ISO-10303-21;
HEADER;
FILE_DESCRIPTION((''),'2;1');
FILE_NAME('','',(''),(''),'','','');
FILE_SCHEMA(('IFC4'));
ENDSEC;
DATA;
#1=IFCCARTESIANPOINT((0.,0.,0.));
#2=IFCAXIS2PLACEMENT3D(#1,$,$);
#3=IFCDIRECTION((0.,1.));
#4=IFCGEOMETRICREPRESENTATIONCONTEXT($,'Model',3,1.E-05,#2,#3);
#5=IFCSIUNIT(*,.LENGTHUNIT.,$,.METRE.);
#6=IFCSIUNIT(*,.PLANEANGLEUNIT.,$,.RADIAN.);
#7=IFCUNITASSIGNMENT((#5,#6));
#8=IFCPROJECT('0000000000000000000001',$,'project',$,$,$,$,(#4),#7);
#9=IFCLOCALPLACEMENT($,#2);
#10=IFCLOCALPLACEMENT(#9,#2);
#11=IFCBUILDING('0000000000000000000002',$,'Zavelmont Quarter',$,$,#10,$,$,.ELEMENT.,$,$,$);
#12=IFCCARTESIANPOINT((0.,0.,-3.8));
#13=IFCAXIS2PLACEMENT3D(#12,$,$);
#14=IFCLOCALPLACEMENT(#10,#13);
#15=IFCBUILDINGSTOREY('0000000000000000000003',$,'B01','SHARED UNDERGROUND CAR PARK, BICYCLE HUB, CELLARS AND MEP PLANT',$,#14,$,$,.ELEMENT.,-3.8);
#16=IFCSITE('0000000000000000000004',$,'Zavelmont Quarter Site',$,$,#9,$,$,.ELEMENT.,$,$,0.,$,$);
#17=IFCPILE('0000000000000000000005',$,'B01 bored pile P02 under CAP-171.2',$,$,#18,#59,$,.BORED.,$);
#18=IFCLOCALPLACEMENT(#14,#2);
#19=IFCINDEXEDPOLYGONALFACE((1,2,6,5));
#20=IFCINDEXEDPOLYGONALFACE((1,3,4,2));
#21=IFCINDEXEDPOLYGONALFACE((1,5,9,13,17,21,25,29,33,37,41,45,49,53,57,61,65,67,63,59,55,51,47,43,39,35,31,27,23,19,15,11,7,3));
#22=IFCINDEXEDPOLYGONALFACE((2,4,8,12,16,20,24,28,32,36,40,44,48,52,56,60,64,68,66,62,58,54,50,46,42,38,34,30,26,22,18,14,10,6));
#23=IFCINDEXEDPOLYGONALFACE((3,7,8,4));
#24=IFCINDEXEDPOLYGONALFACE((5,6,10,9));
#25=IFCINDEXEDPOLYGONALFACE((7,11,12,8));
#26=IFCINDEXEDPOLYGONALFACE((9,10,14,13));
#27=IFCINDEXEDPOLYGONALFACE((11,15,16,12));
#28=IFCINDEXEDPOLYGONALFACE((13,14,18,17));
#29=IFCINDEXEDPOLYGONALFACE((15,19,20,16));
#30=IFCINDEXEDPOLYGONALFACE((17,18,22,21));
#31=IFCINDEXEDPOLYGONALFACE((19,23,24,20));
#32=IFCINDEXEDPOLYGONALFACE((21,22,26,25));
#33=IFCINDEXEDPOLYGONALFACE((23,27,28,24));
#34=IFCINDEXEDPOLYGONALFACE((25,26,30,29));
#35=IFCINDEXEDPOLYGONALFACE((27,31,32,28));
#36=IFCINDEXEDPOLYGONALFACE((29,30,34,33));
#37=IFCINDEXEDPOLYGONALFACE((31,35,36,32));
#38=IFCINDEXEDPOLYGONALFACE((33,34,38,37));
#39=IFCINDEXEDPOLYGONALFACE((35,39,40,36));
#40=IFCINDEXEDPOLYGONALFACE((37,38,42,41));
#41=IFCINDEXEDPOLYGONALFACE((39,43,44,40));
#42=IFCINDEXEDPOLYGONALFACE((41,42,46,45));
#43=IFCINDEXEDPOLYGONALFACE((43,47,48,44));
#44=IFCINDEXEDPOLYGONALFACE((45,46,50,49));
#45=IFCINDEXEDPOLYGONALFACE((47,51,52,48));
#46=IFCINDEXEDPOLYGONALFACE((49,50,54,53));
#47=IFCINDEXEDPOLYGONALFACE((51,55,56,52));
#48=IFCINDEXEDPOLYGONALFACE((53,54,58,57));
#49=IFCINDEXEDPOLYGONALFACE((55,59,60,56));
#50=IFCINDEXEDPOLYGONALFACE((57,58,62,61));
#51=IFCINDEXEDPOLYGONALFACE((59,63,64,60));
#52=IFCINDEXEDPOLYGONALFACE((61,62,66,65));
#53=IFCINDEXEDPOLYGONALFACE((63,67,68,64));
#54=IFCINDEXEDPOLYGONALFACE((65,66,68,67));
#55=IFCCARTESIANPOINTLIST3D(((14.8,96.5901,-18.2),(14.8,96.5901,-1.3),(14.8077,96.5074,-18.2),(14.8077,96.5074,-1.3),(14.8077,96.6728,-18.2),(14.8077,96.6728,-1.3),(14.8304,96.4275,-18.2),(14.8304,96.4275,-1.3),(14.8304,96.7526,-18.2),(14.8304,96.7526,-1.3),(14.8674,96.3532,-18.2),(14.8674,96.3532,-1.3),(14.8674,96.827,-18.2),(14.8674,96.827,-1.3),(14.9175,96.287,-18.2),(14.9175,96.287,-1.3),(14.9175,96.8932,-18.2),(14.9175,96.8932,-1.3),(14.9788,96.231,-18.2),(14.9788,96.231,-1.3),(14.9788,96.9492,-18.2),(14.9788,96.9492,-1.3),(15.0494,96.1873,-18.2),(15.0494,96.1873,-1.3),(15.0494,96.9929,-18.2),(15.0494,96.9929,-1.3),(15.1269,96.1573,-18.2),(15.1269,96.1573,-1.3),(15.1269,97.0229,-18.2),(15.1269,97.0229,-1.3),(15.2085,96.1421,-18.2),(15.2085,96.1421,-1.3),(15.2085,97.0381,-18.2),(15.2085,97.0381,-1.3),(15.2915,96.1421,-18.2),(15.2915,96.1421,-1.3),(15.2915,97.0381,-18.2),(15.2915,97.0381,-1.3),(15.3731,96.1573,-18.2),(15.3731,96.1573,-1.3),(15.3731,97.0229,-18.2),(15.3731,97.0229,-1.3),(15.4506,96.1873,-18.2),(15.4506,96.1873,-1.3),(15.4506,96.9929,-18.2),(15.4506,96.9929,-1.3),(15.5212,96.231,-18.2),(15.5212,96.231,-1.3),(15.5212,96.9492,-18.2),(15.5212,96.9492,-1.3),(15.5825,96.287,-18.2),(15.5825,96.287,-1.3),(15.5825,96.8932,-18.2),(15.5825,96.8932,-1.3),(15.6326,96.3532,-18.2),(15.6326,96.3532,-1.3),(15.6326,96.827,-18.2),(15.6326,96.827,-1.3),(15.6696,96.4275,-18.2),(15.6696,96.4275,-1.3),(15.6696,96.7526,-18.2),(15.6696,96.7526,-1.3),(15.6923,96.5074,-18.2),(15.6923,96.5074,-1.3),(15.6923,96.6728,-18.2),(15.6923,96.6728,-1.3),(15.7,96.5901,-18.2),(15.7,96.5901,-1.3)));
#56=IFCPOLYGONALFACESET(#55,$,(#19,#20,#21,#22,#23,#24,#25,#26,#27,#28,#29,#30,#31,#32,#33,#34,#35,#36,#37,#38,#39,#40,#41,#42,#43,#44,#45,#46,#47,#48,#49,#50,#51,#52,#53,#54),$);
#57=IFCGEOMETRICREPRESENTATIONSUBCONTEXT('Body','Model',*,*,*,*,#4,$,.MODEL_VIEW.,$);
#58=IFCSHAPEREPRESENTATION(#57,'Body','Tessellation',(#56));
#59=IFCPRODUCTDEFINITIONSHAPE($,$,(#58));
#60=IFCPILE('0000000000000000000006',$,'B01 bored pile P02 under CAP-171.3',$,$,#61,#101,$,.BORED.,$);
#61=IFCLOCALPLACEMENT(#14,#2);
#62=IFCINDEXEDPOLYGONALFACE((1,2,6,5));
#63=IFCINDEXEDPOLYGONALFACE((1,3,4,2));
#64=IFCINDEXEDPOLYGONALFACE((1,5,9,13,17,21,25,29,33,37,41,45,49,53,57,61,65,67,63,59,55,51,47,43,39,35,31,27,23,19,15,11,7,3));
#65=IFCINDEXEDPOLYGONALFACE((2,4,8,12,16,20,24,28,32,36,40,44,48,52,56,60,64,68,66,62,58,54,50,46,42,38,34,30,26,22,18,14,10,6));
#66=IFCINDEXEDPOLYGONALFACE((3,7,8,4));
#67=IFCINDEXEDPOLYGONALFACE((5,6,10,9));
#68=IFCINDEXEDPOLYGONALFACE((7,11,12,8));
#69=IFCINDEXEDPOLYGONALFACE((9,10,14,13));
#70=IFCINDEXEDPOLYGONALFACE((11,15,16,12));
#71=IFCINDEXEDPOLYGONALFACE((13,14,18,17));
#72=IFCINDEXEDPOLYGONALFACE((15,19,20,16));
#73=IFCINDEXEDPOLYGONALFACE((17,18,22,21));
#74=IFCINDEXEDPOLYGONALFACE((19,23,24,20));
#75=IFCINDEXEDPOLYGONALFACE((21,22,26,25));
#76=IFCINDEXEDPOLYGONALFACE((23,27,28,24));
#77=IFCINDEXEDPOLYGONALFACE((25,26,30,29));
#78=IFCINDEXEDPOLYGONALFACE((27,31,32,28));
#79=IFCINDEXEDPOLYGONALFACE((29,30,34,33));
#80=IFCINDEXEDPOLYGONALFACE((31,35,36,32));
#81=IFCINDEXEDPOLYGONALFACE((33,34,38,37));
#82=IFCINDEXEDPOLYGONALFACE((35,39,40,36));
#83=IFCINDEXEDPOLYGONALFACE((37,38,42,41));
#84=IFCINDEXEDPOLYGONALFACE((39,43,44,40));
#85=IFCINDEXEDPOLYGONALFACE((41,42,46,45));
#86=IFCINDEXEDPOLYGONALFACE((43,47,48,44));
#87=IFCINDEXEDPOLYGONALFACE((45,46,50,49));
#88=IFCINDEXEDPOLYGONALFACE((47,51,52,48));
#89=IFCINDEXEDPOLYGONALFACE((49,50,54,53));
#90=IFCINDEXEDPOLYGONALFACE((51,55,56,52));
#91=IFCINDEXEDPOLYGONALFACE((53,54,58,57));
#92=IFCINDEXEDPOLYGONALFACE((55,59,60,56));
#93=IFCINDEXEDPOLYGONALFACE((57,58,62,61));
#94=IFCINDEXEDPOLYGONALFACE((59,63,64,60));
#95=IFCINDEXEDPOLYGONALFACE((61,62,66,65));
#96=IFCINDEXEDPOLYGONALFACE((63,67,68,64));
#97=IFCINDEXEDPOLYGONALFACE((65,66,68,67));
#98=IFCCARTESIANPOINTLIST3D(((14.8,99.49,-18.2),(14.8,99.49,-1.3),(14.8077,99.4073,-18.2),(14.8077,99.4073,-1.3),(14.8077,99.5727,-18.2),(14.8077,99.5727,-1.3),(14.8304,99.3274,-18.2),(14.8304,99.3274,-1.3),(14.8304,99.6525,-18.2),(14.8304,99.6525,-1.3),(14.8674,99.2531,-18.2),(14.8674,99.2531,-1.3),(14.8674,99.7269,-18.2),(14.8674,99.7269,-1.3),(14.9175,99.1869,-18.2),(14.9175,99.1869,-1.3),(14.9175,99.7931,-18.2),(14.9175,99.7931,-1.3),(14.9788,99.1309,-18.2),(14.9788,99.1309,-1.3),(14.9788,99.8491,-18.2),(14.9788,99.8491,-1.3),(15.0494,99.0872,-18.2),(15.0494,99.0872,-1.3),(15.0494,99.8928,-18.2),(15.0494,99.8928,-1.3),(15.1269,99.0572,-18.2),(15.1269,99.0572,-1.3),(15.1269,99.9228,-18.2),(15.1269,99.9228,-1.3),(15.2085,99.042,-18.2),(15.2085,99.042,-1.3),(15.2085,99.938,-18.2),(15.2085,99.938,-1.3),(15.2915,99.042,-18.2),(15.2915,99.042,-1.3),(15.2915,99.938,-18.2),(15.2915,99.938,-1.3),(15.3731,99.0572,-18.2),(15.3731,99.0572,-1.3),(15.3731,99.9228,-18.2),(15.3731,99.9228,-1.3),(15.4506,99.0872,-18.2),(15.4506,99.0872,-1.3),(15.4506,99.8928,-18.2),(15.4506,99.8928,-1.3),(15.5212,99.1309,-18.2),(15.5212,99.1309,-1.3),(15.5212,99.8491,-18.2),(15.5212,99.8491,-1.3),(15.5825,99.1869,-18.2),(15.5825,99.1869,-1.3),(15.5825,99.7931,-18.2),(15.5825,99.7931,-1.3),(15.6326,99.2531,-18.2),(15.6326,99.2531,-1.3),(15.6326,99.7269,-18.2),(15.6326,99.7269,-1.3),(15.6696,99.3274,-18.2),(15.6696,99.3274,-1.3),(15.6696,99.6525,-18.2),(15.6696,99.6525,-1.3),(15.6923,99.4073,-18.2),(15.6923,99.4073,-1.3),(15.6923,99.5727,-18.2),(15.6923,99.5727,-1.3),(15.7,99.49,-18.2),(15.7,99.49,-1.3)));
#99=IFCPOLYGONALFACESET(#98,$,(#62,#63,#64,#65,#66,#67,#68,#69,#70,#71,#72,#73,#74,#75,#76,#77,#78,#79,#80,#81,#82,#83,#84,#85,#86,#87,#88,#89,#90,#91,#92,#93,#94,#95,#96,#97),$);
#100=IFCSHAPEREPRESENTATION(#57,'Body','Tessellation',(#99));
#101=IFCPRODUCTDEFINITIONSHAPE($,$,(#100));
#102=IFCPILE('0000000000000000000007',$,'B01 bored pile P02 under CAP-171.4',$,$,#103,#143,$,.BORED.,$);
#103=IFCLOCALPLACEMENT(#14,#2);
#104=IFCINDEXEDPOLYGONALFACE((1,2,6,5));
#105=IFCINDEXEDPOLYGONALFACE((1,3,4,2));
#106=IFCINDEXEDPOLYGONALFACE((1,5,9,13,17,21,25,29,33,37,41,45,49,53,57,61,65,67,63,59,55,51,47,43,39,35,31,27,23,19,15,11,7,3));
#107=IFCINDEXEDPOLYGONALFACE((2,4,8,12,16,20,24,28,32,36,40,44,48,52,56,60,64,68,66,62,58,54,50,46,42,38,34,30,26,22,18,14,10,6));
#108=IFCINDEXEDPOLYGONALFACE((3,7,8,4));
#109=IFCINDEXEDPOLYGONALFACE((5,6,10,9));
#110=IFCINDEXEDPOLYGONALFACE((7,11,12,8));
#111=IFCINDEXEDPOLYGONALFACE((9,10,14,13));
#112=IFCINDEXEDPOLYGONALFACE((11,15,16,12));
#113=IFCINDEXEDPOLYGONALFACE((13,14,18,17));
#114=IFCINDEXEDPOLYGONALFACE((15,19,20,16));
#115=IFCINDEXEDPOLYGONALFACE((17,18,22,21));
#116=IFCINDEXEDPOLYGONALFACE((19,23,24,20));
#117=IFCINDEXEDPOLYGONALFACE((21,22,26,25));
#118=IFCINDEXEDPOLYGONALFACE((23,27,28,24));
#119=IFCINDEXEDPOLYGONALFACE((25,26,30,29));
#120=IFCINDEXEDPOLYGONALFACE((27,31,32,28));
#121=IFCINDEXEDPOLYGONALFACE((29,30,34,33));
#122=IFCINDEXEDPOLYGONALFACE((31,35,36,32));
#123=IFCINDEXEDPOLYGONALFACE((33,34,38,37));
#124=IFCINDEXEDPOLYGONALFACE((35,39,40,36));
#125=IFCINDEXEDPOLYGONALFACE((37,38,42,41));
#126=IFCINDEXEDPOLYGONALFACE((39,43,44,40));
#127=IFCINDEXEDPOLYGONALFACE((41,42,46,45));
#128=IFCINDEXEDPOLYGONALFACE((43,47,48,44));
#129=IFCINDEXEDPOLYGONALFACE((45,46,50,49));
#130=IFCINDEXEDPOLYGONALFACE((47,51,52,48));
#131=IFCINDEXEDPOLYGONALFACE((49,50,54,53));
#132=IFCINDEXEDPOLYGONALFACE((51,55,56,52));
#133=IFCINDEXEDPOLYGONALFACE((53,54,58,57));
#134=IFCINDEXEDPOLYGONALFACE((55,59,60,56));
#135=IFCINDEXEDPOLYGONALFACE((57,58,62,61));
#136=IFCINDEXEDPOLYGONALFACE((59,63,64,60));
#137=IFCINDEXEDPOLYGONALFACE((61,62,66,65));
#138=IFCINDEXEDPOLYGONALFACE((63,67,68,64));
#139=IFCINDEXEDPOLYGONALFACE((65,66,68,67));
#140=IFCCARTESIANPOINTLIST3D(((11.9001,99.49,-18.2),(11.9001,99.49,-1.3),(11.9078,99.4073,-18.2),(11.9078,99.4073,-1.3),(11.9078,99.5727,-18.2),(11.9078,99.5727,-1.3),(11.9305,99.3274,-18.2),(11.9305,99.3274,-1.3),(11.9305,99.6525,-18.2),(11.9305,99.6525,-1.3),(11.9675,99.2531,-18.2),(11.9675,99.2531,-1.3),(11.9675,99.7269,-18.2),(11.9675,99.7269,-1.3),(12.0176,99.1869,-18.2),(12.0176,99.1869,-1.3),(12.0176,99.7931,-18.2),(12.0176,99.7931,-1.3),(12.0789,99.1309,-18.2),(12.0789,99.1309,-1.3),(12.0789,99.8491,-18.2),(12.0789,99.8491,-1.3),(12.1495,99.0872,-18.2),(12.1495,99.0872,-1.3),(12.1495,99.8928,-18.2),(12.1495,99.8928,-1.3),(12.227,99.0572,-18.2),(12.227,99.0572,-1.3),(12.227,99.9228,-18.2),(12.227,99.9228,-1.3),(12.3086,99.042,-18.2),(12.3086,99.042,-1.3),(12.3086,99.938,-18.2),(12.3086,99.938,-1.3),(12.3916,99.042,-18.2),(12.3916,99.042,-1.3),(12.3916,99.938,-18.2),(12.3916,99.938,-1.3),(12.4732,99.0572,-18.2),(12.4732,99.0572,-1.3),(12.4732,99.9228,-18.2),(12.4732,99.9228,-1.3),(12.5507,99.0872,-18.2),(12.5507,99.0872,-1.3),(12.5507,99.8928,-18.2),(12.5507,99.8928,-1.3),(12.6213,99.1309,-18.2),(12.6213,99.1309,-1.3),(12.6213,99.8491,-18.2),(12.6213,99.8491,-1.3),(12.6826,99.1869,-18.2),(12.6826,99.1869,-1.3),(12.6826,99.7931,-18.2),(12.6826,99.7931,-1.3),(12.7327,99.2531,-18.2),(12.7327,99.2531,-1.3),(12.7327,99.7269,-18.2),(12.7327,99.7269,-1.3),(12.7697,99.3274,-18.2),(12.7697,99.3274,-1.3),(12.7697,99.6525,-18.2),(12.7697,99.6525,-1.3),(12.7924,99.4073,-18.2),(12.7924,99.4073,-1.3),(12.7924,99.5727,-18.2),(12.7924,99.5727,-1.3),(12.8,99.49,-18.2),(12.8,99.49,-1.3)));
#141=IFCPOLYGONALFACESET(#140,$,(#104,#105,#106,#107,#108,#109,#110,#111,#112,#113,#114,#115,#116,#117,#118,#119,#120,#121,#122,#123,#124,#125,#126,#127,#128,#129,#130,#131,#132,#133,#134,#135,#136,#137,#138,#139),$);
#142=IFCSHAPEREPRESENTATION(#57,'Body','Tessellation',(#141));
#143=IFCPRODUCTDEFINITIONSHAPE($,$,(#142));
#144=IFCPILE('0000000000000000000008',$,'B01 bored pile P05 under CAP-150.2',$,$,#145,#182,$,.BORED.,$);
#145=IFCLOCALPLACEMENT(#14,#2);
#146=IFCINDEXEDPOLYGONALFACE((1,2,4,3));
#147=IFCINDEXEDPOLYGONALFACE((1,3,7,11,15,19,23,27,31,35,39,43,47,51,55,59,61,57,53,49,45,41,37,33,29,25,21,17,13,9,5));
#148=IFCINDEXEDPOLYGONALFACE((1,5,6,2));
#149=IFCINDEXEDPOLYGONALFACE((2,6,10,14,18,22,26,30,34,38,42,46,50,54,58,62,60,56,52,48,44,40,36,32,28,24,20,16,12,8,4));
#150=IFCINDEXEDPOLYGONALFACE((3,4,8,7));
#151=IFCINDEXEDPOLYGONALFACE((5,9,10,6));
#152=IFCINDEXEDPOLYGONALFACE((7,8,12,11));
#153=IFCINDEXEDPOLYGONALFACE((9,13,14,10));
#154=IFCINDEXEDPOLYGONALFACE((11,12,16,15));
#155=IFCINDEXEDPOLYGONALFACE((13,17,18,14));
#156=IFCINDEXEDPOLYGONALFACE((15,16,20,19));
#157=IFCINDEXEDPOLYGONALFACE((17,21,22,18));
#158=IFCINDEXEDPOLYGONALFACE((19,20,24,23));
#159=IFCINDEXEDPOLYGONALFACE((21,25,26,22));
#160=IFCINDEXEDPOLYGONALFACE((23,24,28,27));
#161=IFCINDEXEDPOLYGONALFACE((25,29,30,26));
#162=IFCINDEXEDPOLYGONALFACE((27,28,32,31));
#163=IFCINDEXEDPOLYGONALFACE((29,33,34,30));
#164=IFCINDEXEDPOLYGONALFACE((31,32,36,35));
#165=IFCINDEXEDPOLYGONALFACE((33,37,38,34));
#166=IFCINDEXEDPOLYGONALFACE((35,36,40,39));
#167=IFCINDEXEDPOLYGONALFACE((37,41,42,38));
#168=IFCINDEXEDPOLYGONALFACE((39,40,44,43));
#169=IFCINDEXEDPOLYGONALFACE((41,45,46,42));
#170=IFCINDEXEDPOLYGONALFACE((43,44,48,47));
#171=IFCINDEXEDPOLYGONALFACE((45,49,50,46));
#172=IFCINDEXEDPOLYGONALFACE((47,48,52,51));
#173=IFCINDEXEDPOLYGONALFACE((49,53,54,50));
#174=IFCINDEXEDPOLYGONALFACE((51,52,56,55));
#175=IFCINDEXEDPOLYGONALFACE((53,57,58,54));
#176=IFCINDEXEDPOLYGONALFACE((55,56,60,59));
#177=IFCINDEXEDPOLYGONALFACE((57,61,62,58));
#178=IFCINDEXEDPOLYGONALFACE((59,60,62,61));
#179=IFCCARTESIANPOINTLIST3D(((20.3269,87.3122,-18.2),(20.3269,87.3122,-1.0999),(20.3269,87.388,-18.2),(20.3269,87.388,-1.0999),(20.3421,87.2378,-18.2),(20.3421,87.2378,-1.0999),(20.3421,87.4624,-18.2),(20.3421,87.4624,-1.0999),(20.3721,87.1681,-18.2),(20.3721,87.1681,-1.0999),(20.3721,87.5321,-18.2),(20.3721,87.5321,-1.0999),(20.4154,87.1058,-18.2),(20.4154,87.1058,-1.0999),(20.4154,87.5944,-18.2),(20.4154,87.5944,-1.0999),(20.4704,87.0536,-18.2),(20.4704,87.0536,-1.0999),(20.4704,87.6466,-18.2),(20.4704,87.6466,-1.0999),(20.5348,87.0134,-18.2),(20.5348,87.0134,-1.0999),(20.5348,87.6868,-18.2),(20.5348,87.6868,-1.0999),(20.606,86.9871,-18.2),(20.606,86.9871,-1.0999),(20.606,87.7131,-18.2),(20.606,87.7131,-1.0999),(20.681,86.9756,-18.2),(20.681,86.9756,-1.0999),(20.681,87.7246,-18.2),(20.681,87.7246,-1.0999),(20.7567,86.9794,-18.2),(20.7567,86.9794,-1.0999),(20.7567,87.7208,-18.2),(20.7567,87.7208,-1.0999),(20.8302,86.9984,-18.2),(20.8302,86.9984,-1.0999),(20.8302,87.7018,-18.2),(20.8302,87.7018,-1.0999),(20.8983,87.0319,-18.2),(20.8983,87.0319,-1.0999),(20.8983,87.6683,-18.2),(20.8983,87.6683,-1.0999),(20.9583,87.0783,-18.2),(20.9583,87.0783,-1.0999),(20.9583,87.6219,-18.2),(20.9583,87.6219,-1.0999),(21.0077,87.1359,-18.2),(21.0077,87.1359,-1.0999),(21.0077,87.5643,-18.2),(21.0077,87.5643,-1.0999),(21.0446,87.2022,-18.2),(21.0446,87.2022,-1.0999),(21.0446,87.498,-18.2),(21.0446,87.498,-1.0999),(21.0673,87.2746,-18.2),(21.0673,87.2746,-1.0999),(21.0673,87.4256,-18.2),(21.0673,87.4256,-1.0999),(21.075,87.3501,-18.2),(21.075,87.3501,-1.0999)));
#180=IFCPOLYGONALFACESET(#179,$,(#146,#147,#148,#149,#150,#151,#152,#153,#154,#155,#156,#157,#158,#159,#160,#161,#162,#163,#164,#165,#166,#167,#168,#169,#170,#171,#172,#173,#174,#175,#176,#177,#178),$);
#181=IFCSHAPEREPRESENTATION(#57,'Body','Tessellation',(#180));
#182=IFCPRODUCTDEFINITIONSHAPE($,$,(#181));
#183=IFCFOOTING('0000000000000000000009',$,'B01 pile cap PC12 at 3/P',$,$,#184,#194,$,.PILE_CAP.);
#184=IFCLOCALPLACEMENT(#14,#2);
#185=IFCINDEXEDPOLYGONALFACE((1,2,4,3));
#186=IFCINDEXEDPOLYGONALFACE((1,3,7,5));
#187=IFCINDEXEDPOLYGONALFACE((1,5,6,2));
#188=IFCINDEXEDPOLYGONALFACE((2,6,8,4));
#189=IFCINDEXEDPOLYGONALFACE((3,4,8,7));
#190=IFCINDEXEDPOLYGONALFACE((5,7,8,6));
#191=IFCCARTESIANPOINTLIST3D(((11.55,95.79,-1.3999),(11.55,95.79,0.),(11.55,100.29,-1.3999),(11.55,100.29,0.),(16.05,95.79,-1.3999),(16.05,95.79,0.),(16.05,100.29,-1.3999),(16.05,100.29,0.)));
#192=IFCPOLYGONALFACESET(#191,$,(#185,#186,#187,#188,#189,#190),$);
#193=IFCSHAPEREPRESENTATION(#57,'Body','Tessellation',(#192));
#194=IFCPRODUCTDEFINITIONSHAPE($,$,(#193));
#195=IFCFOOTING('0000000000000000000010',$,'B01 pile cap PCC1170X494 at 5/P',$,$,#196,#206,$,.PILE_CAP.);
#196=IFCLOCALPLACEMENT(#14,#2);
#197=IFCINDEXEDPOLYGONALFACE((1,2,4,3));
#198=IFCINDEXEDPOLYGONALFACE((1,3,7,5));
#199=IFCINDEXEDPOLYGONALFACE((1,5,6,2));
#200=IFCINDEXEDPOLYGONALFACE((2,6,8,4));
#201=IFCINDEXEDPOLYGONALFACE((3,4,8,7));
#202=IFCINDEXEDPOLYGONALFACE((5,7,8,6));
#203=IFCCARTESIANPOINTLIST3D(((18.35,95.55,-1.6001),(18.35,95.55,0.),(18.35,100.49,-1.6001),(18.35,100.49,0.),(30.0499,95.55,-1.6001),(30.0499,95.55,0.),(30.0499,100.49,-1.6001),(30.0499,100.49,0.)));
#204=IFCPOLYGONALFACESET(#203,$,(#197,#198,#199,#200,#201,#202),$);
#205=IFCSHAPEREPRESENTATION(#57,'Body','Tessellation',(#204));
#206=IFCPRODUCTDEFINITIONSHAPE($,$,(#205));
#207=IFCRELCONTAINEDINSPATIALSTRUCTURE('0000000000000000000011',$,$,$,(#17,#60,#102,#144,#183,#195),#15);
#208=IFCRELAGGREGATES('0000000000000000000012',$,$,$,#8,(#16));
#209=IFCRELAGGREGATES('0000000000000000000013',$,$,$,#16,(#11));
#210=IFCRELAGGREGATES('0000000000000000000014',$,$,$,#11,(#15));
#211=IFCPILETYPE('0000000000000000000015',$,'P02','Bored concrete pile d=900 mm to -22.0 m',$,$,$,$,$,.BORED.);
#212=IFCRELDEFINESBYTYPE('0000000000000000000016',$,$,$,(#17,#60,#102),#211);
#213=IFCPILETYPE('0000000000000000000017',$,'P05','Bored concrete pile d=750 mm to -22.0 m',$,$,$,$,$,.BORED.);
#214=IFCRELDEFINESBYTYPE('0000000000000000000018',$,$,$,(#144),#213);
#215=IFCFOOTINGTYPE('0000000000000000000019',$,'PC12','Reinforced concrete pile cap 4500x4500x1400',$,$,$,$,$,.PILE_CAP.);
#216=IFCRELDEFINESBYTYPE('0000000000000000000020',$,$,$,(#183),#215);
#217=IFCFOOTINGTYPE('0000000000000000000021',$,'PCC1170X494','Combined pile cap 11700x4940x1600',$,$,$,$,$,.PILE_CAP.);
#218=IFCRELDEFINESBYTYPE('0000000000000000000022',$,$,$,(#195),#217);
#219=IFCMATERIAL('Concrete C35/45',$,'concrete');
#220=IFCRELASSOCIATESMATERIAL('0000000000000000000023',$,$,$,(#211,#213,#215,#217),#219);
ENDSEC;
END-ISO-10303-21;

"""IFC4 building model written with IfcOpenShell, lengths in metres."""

from ifc_helpers import new_model, si_unit, direction, frame, origin, origin_2d, place, context, subcontext, project, spatial, rectangle, circle, extrude, material, material_profile, profile_set, type_object, element, save


model = new_model("IFC4")

# Units and contexts
model_context = context("Model", 3, precision=1e-05, world=origin(), true_north=direction((0.0, 1.0)))
body_context = subcontext(model_context, "Body", "Model", "MODEL_VIEW")
ifc_project = project(units=[si_unit("LENGTHUNIT", "METRE"), si_unit("PLANEANGLEUNIT", "RADIAN")], contexts=[model_context])

# Site, building, storey
site_placement = place(None, origin())
site = spatial("IfcSite", under=ifc_project, at=site_placement, Name="Zavelmont Quarter Site", CompositionType="ELEMENT", RefElevation=0.0)
building_placement = place(site_placement, origin())
building = spatial("IfcBuilding", under=site, at=building_placement, Name="Zavelmont Quarter", CompositionType="ELEMENT")
storey_placement = place(building_placement, frame((0.0, 0.0, -3.8)))
storey = spatial("IfcBuildingStorey", under=building, at=storey_placement, Name="B01", Description="SHARED UNDERGROUND CAR PARK, BICYCLE HUB, CELLARS AND MEP PLANT", CompositionType="ELEMENT", Elevation=-3.8)

# Shared definitions
ifc_material_1 = material(Name="Concrete C35/45", Category="concrete")

# Piles
ifc_material_profile_1 = material_profile(ifc_material_1, circle(Radius=0.45, at=origin_2d()), Name="BP900")
ifc_profile_set_1 = profile_set([ifc_material_profile_1], Name="Concrete C35/45")
pile_type_1 = type_object("IfcPileType", Name="P02", Description="Bored concrete pile d=900 mm to -22.0 m", PredefinedType="BORED", material=ifc_profile_set_1)
for number, where, z_axis, x_axis, name in (
    (1, (15.25, 96.5901, -1.3), (0.0, 0.0, -1.0), (1.0, 0.0, 0.0), "B01 bored pile P02 under CAP-171.2"),
    (2, (15.25, 99.49, -1.3), (0.0, 0.0, -1.0), (1.0, 0.0, 0.0), "B01 bored pile P02 under CAP-171.3"),
    (3, (12.3501, 99.49, -1.3), (0.0, 0.0, -1.0), (1.0, 0.0, 0.0), "B01 bored pile P02 under CAP-171.4"),
):
    element("IfcPile", number, at=place(storey_placement, frame(where, z_axis=z_axis, x_axis=x_axis)), inside=storey, type_object=pile_type_1, Name=name, PredefinedType="BORED", context=body_context, shape_type="SweptSolid", body=[
        extrude(circle(Radius=0.45, at=origin_2d()), origin(), (0.0, 0.0, 1.0), 16.8999),
    ])
ifc_material_profile_2 = material_profile(ifc_material_1, circle(Radius=0.375, at=origin_2d()), Name="BP750")
ifc_profile_set_2 = profile_set([ifc_material_profile_2], Name="Concrete C35/45")
pile_type_2 = type_object("IfcPileType", Name="P05", Description="Bored concrete pile d=750 mm to -22.0 m", PredefinedType="BORED", material=ifc_profile_set_2)
pile_placement = place(storey_placement, frame((20.7, 87.3501, -1.0999), z_axis=(0.0, 0.0, -1.0), x_axis=(1.0, 0.0, 0.0)))
element("IfcPile", 4, at=pile_placement, inside=storey, type_object=pile_type_2, Name="B01 bored pile P05 under CAP-150.2", PredefinedType="BORED", context=body_context, shape_type="SweptSolid", body=[
    extrude(circle(Radius=0.375, at=origin_2d()), origin(), (0.0, 0.0, 1.0), 17.1001),
])

# Footings
footing_type_1 = type_object("IfcFootingType", Name="PC12", Description="Reinforced concrete pile cap 4500x4500x1400", PredefinedType="PILE_CAP", material=ifc_material_1)
footing_1_placement = place(storey_placement, frame((13.8, 98.04, -1.3999), z_axis=(0.0, 0.0, 1.0), x_axis=(1.0, 0.0, 0.0)))
element("IfcFooting", 5, at=footing_1_placement, inside=storey, type_object=footing_type_1, Name="B01 pile cap PC12 at 3/P", PredefinedType="PILE_CAP", context=body_context, shape_type="SweptSolid", body=[
    extrude(rectangle(XDim=4.5, YDim=4.5, at=origin_2d()), origin(), (0.0, 0.0, 1.0), 1.3999),
])
footing_type_2 = type_object("IfcFootingType", Name="PCC1170X494", Description="Combined pile cap 11700x4940x1600", PredefinedType="PILE_CAP", material=ifc_material_1)
footing_2_placement = place(storey_placement, frame((24.2, 98.02, -1.6001), z_axis=(0.0, 0.0, 1.0), x_axis=(1.0, 0.0, 0.0)))
element("IfcFooting", 6, at=footing_2_placement, inside=storey, type_object=footing_type_2, Name="B01 pile cap PCC1170X494 at 5/P", PredefinedType="PILE_CAP", context=body_context, shape_type="SweptSolid", body=[
    extrude(rectangle(XDim=11.7, YDim=4.9399, at=origin_2d()), origin(), (0.0, 0.0, 1.0), 1.6001),
])

save(model, "model.ifc")
